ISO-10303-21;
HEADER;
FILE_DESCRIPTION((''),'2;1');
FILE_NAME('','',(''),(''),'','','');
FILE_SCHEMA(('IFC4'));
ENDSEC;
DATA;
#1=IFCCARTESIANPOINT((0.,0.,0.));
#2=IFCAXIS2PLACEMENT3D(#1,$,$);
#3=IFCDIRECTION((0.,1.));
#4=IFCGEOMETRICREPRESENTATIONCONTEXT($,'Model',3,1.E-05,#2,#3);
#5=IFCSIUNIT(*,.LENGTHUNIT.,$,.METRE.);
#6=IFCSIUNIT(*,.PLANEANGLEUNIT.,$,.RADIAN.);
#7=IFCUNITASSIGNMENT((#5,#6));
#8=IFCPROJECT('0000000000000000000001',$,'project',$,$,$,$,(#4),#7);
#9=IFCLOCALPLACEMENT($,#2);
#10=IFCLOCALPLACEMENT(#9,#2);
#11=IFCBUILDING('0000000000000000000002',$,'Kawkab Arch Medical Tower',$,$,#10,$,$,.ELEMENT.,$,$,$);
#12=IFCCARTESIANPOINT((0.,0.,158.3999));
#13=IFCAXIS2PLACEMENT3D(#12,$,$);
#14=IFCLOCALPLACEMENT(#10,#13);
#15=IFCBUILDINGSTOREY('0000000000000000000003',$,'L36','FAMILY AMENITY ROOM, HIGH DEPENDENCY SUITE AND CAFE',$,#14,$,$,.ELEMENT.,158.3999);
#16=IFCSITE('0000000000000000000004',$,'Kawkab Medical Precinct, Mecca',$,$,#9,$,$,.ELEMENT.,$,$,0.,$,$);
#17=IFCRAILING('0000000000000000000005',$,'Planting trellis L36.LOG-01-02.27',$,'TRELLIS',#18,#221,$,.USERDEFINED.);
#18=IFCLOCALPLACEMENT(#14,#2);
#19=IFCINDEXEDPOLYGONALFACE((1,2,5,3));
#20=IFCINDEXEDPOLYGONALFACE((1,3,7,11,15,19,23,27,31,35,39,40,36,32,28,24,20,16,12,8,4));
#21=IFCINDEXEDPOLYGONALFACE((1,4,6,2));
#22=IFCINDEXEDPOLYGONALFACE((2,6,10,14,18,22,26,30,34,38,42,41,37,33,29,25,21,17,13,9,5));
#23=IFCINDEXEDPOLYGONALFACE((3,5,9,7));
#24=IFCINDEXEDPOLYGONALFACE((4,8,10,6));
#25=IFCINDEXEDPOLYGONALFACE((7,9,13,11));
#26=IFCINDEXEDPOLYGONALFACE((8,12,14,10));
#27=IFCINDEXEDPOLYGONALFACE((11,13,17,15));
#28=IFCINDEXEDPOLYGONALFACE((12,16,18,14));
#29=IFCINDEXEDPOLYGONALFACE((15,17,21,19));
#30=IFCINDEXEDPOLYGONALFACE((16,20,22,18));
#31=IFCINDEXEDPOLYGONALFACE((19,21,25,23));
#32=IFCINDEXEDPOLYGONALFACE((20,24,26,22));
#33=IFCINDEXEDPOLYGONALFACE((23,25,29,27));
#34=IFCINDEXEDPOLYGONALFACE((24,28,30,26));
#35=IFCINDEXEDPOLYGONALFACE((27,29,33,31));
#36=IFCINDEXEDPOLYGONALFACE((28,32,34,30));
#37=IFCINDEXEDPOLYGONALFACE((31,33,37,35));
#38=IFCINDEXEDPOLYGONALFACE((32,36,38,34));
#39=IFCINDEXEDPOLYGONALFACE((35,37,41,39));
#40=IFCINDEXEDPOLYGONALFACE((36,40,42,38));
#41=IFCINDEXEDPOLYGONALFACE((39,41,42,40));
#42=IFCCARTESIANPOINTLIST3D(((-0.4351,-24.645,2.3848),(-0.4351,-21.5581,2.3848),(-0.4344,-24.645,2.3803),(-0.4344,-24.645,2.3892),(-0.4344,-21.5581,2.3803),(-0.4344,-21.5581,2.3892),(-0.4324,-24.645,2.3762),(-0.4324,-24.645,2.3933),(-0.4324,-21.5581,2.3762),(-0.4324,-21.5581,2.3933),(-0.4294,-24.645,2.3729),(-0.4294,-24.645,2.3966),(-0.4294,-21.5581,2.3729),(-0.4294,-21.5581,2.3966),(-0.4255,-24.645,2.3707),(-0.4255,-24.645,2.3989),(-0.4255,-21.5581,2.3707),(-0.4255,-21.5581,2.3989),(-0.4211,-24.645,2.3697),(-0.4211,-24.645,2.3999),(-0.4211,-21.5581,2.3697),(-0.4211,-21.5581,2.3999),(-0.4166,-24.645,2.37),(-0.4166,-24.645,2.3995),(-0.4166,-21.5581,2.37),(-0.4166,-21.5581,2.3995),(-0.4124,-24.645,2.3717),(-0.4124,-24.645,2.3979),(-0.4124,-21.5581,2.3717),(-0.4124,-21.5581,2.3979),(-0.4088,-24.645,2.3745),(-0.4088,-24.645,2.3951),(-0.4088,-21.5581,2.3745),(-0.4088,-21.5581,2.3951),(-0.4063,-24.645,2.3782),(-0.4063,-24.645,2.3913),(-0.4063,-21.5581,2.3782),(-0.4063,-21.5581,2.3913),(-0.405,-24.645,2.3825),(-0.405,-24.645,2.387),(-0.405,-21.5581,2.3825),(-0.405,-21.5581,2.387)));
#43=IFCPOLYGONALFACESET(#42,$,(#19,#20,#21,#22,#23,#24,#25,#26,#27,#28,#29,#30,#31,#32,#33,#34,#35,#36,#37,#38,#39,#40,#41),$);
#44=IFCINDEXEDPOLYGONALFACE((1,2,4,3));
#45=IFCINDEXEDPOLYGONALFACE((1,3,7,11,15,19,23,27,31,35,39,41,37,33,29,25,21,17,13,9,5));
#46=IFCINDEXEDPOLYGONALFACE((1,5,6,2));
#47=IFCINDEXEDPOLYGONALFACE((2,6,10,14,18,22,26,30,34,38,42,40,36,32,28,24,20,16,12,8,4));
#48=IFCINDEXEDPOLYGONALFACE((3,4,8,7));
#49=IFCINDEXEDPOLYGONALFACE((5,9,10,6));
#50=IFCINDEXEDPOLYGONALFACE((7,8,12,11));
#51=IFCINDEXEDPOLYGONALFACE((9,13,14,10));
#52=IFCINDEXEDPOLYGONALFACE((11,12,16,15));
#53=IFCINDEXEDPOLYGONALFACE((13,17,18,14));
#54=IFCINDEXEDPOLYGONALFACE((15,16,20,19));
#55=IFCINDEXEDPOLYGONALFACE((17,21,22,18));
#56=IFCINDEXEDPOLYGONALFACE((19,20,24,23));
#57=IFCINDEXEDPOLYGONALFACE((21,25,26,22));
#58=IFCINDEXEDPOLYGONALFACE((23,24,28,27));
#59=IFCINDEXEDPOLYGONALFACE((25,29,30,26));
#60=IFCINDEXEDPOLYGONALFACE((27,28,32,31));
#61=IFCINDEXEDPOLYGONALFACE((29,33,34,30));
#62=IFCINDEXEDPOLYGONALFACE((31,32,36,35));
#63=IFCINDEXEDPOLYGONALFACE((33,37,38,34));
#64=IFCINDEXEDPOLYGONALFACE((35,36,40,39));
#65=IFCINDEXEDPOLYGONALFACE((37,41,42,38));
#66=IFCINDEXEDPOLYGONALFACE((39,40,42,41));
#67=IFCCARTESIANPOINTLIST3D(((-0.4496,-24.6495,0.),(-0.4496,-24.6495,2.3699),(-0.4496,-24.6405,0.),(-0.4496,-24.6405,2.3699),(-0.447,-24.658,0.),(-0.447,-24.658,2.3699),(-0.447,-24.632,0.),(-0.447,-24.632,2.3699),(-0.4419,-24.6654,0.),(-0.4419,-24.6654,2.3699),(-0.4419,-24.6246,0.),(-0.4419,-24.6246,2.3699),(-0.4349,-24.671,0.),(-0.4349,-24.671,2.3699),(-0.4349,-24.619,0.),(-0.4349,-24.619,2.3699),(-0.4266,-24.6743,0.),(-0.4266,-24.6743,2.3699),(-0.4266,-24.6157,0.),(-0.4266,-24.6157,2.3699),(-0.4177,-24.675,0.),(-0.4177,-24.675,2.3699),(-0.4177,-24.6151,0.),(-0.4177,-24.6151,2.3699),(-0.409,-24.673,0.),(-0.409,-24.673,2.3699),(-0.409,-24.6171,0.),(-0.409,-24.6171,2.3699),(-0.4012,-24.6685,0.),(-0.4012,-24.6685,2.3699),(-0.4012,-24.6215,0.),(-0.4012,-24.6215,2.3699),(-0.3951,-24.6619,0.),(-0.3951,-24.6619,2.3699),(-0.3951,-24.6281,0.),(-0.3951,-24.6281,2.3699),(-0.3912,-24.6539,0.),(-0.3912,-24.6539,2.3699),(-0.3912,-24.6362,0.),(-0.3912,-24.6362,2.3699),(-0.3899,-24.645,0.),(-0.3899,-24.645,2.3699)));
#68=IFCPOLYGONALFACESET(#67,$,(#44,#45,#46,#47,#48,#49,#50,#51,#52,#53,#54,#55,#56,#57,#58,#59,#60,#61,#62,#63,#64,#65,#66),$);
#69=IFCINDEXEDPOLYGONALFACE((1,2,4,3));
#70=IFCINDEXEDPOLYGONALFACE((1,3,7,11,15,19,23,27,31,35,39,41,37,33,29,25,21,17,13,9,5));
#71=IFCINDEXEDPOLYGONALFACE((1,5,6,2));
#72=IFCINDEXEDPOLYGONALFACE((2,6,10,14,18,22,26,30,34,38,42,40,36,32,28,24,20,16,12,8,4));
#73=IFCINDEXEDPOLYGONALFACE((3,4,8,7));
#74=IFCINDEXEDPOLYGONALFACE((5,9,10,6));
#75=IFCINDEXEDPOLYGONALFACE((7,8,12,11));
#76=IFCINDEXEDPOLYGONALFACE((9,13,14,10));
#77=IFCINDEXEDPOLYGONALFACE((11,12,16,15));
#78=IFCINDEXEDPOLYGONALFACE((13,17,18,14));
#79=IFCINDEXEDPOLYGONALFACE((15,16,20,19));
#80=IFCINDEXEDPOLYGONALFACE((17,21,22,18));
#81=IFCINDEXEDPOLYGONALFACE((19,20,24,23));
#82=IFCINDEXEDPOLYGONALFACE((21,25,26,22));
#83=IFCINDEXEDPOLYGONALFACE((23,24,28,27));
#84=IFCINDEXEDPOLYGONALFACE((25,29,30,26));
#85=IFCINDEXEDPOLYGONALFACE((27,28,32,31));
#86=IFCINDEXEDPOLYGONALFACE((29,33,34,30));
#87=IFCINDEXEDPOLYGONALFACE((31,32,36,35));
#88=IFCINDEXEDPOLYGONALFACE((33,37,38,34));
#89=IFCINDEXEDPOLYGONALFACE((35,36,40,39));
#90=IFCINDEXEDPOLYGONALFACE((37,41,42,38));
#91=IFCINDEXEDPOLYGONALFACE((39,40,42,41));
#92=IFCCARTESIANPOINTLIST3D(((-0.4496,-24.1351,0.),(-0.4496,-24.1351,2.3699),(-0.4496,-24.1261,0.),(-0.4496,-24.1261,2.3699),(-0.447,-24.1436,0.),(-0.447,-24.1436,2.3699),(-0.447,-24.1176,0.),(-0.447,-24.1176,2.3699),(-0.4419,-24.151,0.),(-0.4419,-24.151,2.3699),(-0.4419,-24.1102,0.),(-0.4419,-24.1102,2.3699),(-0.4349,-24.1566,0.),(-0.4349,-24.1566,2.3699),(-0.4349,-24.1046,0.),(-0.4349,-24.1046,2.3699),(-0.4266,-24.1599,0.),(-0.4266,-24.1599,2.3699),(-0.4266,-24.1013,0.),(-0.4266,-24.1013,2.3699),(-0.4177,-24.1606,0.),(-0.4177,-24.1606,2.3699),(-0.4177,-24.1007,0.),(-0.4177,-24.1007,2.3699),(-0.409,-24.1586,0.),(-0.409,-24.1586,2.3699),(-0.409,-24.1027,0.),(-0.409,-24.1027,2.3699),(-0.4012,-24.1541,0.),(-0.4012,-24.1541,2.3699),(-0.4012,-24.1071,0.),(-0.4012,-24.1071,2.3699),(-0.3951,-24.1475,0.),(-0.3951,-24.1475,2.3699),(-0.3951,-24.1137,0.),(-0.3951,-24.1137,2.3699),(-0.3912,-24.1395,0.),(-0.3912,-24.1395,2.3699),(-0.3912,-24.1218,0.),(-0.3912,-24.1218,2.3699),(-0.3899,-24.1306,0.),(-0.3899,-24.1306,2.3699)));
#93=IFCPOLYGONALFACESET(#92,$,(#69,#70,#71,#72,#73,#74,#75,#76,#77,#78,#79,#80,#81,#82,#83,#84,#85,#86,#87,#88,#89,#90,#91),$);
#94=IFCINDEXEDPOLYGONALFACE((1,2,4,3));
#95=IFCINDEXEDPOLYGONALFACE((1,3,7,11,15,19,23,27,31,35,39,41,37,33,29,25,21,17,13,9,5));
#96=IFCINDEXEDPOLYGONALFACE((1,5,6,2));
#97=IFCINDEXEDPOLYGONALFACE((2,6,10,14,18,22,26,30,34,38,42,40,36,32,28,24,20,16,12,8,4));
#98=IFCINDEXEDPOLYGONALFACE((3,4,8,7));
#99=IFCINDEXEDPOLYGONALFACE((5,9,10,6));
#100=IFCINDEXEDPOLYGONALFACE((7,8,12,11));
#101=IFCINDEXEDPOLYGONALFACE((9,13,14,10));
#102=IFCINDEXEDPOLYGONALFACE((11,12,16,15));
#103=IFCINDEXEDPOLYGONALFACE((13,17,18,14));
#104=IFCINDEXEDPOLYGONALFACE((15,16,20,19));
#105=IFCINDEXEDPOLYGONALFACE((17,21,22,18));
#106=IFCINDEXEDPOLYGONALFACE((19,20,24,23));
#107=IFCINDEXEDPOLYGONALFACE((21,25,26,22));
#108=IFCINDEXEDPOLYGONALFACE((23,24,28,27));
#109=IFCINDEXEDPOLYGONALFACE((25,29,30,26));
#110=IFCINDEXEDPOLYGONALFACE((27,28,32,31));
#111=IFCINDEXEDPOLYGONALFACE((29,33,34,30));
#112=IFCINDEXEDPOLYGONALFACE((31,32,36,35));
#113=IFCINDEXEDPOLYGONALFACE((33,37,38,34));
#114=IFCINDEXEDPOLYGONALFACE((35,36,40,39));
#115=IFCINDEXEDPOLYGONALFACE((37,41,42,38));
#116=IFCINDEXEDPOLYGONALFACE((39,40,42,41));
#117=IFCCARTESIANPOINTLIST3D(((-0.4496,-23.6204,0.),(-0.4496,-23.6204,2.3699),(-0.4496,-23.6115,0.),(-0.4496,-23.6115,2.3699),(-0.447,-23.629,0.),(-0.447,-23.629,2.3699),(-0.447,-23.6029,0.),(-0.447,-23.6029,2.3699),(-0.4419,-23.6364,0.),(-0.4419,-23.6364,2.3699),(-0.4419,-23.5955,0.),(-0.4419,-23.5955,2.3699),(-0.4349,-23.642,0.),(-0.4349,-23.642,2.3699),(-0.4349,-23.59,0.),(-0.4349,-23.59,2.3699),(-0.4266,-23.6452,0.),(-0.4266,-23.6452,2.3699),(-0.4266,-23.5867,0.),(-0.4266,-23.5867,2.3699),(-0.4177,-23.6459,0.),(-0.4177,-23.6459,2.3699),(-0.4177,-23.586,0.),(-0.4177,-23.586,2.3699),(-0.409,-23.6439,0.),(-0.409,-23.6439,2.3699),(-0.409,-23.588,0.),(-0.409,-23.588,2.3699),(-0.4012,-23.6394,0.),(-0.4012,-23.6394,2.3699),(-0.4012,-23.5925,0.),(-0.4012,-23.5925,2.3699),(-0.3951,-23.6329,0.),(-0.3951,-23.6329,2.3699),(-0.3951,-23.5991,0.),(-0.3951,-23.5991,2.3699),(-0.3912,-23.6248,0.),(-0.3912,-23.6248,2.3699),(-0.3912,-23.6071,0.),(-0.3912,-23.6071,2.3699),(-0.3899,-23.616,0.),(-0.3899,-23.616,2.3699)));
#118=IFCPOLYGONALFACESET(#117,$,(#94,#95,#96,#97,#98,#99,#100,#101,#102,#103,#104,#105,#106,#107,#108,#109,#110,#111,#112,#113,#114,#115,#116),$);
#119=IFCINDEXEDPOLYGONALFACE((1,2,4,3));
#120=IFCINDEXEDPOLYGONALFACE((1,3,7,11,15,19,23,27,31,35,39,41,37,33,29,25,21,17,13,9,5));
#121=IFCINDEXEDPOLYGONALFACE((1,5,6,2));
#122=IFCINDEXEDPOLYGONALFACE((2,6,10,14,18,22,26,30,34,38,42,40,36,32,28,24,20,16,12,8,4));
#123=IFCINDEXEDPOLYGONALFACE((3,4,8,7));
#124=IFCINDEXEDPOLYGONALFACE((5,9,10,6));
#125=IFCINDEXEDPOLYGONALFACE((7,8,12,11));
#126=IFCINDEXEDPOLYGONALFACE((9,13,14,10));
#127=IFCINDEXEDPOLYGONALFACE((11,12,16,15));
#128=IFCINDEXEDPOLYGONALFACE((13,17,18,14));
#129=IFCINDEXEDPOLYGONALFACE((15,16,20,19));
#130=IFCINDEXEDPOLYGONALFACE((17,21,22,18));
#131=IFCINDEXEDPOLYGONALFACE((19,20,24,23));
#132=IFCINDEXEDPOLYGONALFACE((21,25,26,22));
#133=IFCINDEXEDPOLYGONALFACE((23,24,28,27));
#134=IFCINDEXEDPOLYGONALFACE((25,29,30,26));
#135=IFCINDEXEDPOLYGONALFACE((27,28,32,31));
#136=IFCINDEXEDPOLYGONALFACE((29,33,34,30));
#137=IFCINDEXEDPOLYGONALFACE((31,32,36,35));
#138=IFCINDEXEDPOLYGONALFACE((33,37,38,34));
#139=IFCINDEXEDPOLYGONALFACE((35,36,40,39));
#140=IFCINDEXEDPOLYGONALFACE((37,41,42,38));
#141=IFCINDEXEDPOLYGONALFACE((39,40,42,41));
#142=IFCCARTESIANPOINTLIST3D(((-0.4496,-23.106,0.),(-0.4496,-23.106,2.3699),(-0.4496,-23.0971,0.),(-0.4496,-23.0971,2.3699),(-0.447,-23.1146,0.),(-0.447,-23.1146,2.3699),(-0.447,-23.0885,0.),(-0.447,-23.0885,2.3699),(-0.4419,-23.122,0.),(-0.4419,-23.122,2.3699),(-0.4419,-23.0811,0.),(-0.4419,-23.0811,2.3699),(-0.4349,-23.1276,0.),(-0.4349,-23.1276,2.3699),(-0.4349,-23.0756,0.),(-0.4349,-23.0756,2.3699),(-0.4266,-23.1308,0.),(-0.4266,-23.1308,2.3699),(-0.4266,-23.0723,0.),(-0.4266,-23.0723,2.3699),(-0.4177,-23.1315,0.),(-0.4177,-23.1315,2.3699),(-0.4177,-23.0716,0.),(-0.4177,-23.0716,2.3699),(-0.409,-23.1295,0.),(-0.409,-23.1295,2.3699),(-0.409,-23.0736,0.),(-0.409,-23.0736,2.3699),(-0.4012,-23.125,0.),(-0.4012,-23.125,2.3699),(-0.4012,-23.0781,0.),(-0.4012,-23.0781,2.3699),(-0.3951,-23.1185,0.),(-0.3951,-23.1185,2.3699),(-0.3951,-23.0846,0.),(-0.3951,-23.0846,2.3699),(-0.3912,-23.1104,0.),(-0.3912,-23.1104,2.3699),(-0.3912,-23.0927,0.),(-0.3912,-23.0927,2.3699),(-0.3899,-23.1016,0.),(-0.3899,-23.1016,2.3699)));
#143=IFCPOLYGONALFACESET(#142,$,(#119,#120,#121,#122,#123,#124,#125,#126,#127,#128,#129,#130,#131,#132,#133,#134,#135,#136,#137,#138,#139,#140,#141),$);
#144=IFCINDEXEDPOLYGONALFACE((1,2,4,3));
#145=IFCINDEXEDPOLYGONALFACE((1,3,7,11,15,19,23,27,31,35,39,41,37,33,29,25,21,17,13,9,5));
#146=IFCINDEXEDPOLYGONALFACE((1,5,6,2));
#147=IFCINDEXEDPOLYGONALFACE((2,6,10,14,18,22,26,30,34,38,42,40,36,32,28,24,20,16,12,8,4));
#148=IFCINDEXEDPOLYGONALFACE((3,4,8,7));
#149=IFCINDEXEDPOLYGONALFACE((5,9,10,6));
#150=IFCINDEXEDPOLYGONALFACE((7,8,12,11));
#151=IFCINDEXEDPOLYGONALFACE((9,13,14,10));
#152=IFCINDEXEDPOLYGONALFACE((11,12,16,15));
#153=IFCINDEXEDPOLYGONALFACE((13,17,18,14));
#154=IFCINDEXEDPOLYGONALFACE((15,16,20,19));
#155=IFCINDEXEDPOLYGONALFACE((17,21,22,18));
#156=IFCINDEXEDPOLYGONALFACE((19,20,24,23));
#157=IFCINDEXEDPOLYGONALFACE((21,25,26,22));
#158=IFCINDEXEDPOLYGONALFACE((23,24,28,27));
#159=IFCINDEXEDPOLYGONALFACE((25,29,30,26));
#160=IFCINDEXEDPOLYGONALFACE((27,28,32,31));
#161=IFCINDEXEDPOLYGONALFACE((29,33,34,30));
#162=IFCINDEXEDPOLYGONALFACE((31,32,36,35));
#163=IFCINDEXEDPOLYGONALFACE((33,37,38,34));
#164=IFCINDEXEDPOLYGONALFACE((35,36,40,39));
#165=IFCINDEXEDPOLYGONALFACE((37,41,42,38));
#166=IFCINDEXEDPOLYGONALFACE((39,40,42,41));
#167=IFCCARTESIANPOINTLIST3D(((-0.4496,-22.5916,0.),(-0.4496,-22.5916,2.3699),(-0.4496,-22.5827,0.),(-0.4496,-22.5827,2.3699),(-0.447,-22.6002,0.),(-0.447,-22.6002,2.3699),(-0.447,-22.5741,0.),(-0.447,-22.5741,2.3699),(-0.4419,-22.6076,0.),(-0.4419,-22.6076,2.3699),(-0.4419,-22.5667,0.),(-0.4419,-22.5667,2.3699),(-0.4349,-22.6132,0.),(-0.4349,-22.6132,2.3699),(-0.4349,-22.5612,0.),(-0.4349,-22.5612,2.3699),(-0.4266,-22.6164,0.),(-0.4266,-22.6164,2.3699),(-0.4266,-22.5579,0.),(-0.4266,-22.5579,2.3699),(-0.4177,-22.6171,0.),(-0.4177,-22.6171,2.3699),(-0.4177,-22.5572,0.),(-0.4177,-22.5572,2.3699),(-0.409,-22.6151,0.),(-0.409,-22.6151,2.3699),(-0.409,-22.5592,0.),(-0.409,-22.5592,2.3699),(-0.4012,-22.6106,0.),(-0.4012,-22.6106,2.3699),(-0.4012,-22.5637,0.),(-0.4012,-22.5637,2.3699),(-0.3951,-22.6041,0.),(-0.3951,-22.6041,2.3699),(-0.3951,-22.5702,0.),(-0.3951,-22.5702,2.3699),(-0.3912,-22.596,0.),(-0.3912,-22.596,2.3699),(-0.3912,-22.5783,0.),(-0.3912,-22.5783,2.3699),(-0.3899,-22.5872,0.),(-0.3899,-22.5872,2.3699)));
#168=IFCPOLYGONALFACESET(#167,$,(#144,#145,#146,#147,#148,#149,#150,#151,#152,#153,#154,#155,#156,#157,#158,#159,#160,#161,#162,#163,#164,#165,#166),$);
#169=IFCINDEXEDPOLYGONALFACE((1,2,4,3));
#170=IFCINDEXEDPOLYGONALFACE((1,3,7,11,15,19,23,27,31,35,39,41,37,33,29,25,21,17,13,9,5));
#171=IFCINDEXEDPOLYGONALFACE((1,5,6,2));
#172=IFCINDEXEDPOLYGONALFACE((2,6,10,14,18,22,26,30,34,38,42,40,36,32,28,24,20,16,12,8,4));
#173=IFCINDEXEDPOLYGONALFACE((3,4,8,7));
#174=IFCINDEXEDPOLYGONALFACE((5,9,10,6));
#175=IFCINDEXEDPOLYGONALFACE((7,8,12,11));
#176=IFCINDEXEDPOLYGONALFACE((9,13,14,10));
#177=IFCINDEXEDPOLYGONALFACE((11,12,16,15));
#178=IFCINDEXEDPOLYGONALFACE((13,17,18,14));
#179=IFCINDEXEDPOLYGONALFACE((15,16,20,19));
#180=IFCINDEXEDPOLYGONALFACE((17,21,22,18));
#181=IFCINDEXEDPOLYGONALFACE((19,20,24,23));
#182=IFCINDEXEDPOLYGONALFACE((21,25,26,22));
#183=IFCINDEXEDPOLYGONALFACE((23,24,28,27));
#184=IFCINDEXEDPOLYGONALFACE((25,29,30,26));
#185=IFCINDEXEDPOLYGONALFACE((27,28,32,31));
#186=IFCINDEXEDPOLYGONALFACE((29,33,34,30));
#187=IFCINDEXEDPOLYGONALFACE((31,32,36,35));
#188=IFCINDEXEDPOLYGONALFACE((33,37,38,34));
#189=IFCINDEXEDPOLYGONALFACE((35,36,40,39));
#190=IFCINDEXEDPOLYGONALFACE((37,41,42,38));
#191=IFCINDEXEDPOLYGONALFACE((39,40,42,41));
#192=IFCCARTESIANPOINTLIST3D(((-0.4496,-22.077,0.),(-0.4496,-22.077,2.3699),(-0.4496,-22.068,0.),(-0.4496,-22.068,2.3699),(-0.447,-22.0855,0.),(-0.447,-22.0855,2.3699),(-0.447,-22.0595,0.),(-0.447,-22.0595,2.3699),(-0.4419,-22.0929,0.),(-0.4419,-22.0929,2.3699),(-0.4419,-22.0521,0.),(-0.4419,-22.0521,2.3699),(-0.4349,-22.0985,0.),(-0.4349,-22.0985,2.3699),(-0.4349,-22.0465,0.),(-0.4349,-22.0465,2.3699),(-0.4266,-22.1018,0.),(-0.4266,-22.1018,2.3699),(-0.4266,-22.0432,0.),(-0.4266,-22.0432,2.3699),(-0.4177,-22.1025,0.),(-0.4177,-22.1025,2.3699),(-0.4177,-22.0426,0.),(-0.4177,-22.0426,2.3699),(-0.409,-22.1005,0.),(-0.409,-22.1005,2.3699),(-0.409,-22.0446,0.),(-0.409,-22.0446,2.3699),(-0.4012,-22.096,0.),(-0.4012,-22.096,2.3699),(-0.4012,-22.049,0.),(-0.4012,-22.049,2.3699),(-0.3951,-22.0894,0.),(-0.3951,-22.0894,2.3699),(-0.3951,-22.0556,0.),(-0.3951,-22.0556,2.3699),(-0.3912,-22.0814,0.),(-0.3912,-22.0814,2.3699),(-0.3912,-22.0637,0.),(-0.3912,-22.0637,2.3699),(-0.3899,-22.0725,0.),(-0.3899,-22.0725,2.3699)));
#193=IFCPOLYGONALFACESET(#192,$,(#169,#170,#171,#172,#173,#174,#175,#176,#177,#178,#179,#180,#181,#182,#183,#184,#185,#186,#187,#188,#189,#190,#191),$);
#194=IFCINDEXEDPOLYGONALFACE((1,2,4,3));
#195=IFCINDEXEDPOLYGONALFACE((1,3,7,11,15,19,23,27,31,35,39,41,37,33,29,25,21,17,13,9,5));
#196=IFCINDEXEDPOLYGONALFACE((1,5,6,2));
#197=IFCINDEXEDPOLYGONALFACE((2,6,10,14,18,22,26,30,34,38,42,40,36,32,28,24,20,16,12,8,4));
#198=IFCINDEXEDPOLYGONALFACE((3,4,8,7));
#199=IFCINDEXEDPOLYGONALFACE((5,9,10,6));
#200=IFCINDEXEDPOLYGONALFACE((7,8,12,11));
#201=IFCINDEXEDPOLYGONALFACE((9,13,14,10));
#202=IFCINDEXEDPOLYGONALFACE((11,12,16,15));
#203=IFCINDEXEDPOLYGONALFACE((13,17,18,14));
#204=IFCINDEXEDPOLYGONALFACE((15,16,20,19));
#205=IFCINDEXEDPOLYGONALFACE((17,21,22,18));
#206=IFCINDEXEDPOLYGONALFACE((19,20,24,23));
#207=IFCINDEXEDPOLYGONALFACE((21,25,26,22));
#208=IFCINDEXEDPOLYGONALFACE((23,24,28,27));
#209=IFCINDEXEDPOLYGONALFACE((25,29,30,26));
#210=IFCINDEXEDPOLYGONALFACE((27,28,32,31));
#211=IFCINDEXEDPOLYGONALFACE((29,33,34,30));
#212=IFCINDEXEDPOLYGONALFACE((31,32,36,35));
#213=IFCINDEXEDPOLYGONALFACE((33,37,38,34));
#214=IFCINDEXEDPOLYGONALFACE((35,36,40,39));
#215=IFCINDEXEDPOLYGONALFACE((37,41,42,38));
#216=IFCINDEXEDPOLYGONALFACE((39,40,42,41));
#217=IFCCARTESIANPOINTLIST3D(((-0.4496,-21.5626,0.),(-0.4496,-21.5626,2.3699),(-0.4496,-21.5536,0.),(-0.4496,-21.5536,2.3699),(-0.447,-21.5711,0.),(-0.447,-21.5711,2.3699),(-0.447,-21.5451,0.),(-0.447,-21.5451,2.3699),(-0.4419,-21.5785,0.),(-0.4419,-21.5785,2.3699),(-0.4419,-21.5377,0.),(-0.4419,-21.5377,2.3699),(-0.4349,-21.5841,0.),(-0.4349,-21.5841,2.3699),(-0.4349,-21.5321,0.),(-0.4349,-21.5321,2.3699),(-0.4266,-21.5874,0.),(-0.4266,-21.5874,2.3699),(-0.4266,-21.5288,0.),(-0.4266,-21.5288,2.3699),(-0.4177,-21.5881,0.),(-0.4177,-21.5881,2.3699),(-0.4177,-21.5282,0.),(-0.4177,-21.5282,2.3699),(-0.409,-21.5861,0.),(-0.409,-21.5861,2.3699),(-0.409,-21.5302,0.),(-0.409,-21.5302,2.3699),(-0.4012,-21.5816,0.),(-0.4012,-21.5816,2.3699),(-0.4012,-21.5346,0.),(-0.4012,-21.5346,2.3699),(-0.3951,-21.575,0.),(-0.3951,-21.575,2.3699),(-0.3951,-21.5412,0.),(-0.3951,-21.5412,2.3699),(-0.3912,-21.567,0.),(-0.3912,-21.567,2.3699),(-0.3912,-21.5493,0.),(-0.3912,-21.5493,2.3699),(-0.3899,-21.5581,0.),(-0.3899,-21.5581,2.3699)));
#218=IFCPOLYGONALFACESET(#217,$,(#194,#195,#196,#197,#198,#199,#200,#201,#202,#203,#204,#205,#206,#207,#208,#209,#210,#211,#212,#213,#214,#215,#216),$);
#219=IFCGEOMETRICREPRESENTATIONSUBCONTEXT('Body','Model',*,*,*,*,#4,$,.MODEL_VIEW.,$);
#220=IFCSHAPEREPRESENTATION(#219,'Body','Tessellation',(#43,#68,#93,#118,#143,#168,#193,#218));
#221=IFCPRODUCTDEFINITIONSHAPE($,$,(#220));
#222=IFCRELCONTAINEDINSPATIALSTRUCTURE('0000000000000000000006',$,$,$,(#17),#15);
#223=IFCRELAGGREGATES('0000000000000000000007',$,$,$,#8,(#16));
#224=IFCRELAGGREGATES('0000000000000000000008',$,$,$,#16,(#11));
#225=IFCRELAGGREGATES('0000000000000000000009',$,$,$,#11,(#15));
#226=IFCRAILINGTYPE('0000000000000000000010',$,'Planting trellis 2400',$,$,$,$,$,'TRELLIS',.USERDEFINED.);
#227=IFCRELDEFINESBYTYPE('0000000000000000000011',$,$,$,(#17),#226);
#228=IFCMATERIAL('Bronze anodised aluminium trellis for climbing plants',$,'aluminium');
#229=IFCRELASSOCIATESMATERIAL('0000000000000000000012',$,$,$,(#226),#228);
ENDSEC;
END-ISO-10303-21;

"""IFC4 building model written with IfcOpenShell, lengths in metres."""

from ifc_helpers import new_model, si_unit, direction, frame, origin, origin_2d, place, context, subcontext, project, spatial, circle, extrude, material, type_object, element, save


model = new_model("IFC4")

# Units and contexts
model_context = context("Model", 3, precision=1e-05, world=origin(), true_north=direction((0.0, 1.0)))
body_context = subcontext(model_context, "Body", "Model", "MODEL_VIEW")
ifc_project = project(units=[si_unit("LENGTHUNIT", "METRE"), si_unit("PLANEANGLEUNIT", "RADIAN")], contexts=[model_context])

# Site, building, storey
site_placement = place(None, origin())
site = spatial("IfcSite", under=ifc_project, at=site_placement, Name="Kawkab Medical Precinct, Mecca", CompositionType="ELEMENT", RefElevation=0.0)
building_placement = place(site_placement, origin())
building = spatial("IfcBuilding", under=site, at=building_placement, Name="Kawkab Arch Medical Tower", CompositionType="ELEMENT")
storey_placement = place(building_placement, frame((0.0, 0.0, 158.3999)))
storey = spatial("IfcBuildingStorey", under=building, at=storey_placement, Name="L36", Description="FAMILY AMENITY ROOM, HIGH DEPENDENCY SUITE AND CAFE", CompositionType="ELEMENT", Elevation=158.3999)

# Railing
ifc_material_1 = material(Name="Bronze anodised aluminium trellis for climbing plants", Category="aluminium")
railing_type = type_object("IfcRailingType", Name="Planting trellis 2400", ElementType="TRELLIS", PredefinedType="USERDEFINED", material=ifc_material_1)
railing_1_placement = place(storey_placement, frame((-0.4199, -24.645, 0.0)))
element("IfcRailing", 1, at=railing_1_placement, inside=storey, type_object=railing_type, Name="Planting trellis L36.LOG-01-02.27", ObjectType="TRELLIS", PredefinedType="USERDEFINED", context=body_context, shape_type="SweptSolid", body=[
    extrude(circle(Radius=0.0151, at=origin_2d()), frame((0.0, 0.0, 2.3848), z_axis=(0.0, 1.0, 0.0), x_axis=(-1.0, 0.0, 0.0)), (0.0, 0.0, 1.0), 3.0869),
    extrude(circle(Radius=0.03, at=origin_2d()), origin(), (0.0, 0.0, 1.0), 2.3699),
    extrude(circle(Radius=0.03, at=origin_2d()), frame((0.0, 0.5144, 0.0)), (0.0, 0.0, 1.0), 2.3699),
    extrude(circle(Radius=0.03, at=origin_2d()), frame((0.0, 1.0291, 0.0)), (0.0, 0.0, 1.0), 2.3699),
    extrude(circle(Radius=0.03, at=origin_2d()), frame((0.0, 1.5435, 0.0)), (0.0, 0.0, 1.0), 2.3699),
    extrude(circle(Radius=0.03, at=origin_2d()), frame((0.0, 2.0579, 0.0)), (0.0, 0.0, 1.0), 2.3699),
    extrude(circle(Radius=0.03, at=origin_2d()), frame((0.0, 2.5725, 0.0)), (0.0, 0.0, 1.0), 2.3699),
    extrude(circle(Radius=0.03, at=origin_2d()), frame((0.0, 3.0869, 0.0)), (0.0, 0.0, 1.0), 2.3699),
])

save(model, "model.ifc")
